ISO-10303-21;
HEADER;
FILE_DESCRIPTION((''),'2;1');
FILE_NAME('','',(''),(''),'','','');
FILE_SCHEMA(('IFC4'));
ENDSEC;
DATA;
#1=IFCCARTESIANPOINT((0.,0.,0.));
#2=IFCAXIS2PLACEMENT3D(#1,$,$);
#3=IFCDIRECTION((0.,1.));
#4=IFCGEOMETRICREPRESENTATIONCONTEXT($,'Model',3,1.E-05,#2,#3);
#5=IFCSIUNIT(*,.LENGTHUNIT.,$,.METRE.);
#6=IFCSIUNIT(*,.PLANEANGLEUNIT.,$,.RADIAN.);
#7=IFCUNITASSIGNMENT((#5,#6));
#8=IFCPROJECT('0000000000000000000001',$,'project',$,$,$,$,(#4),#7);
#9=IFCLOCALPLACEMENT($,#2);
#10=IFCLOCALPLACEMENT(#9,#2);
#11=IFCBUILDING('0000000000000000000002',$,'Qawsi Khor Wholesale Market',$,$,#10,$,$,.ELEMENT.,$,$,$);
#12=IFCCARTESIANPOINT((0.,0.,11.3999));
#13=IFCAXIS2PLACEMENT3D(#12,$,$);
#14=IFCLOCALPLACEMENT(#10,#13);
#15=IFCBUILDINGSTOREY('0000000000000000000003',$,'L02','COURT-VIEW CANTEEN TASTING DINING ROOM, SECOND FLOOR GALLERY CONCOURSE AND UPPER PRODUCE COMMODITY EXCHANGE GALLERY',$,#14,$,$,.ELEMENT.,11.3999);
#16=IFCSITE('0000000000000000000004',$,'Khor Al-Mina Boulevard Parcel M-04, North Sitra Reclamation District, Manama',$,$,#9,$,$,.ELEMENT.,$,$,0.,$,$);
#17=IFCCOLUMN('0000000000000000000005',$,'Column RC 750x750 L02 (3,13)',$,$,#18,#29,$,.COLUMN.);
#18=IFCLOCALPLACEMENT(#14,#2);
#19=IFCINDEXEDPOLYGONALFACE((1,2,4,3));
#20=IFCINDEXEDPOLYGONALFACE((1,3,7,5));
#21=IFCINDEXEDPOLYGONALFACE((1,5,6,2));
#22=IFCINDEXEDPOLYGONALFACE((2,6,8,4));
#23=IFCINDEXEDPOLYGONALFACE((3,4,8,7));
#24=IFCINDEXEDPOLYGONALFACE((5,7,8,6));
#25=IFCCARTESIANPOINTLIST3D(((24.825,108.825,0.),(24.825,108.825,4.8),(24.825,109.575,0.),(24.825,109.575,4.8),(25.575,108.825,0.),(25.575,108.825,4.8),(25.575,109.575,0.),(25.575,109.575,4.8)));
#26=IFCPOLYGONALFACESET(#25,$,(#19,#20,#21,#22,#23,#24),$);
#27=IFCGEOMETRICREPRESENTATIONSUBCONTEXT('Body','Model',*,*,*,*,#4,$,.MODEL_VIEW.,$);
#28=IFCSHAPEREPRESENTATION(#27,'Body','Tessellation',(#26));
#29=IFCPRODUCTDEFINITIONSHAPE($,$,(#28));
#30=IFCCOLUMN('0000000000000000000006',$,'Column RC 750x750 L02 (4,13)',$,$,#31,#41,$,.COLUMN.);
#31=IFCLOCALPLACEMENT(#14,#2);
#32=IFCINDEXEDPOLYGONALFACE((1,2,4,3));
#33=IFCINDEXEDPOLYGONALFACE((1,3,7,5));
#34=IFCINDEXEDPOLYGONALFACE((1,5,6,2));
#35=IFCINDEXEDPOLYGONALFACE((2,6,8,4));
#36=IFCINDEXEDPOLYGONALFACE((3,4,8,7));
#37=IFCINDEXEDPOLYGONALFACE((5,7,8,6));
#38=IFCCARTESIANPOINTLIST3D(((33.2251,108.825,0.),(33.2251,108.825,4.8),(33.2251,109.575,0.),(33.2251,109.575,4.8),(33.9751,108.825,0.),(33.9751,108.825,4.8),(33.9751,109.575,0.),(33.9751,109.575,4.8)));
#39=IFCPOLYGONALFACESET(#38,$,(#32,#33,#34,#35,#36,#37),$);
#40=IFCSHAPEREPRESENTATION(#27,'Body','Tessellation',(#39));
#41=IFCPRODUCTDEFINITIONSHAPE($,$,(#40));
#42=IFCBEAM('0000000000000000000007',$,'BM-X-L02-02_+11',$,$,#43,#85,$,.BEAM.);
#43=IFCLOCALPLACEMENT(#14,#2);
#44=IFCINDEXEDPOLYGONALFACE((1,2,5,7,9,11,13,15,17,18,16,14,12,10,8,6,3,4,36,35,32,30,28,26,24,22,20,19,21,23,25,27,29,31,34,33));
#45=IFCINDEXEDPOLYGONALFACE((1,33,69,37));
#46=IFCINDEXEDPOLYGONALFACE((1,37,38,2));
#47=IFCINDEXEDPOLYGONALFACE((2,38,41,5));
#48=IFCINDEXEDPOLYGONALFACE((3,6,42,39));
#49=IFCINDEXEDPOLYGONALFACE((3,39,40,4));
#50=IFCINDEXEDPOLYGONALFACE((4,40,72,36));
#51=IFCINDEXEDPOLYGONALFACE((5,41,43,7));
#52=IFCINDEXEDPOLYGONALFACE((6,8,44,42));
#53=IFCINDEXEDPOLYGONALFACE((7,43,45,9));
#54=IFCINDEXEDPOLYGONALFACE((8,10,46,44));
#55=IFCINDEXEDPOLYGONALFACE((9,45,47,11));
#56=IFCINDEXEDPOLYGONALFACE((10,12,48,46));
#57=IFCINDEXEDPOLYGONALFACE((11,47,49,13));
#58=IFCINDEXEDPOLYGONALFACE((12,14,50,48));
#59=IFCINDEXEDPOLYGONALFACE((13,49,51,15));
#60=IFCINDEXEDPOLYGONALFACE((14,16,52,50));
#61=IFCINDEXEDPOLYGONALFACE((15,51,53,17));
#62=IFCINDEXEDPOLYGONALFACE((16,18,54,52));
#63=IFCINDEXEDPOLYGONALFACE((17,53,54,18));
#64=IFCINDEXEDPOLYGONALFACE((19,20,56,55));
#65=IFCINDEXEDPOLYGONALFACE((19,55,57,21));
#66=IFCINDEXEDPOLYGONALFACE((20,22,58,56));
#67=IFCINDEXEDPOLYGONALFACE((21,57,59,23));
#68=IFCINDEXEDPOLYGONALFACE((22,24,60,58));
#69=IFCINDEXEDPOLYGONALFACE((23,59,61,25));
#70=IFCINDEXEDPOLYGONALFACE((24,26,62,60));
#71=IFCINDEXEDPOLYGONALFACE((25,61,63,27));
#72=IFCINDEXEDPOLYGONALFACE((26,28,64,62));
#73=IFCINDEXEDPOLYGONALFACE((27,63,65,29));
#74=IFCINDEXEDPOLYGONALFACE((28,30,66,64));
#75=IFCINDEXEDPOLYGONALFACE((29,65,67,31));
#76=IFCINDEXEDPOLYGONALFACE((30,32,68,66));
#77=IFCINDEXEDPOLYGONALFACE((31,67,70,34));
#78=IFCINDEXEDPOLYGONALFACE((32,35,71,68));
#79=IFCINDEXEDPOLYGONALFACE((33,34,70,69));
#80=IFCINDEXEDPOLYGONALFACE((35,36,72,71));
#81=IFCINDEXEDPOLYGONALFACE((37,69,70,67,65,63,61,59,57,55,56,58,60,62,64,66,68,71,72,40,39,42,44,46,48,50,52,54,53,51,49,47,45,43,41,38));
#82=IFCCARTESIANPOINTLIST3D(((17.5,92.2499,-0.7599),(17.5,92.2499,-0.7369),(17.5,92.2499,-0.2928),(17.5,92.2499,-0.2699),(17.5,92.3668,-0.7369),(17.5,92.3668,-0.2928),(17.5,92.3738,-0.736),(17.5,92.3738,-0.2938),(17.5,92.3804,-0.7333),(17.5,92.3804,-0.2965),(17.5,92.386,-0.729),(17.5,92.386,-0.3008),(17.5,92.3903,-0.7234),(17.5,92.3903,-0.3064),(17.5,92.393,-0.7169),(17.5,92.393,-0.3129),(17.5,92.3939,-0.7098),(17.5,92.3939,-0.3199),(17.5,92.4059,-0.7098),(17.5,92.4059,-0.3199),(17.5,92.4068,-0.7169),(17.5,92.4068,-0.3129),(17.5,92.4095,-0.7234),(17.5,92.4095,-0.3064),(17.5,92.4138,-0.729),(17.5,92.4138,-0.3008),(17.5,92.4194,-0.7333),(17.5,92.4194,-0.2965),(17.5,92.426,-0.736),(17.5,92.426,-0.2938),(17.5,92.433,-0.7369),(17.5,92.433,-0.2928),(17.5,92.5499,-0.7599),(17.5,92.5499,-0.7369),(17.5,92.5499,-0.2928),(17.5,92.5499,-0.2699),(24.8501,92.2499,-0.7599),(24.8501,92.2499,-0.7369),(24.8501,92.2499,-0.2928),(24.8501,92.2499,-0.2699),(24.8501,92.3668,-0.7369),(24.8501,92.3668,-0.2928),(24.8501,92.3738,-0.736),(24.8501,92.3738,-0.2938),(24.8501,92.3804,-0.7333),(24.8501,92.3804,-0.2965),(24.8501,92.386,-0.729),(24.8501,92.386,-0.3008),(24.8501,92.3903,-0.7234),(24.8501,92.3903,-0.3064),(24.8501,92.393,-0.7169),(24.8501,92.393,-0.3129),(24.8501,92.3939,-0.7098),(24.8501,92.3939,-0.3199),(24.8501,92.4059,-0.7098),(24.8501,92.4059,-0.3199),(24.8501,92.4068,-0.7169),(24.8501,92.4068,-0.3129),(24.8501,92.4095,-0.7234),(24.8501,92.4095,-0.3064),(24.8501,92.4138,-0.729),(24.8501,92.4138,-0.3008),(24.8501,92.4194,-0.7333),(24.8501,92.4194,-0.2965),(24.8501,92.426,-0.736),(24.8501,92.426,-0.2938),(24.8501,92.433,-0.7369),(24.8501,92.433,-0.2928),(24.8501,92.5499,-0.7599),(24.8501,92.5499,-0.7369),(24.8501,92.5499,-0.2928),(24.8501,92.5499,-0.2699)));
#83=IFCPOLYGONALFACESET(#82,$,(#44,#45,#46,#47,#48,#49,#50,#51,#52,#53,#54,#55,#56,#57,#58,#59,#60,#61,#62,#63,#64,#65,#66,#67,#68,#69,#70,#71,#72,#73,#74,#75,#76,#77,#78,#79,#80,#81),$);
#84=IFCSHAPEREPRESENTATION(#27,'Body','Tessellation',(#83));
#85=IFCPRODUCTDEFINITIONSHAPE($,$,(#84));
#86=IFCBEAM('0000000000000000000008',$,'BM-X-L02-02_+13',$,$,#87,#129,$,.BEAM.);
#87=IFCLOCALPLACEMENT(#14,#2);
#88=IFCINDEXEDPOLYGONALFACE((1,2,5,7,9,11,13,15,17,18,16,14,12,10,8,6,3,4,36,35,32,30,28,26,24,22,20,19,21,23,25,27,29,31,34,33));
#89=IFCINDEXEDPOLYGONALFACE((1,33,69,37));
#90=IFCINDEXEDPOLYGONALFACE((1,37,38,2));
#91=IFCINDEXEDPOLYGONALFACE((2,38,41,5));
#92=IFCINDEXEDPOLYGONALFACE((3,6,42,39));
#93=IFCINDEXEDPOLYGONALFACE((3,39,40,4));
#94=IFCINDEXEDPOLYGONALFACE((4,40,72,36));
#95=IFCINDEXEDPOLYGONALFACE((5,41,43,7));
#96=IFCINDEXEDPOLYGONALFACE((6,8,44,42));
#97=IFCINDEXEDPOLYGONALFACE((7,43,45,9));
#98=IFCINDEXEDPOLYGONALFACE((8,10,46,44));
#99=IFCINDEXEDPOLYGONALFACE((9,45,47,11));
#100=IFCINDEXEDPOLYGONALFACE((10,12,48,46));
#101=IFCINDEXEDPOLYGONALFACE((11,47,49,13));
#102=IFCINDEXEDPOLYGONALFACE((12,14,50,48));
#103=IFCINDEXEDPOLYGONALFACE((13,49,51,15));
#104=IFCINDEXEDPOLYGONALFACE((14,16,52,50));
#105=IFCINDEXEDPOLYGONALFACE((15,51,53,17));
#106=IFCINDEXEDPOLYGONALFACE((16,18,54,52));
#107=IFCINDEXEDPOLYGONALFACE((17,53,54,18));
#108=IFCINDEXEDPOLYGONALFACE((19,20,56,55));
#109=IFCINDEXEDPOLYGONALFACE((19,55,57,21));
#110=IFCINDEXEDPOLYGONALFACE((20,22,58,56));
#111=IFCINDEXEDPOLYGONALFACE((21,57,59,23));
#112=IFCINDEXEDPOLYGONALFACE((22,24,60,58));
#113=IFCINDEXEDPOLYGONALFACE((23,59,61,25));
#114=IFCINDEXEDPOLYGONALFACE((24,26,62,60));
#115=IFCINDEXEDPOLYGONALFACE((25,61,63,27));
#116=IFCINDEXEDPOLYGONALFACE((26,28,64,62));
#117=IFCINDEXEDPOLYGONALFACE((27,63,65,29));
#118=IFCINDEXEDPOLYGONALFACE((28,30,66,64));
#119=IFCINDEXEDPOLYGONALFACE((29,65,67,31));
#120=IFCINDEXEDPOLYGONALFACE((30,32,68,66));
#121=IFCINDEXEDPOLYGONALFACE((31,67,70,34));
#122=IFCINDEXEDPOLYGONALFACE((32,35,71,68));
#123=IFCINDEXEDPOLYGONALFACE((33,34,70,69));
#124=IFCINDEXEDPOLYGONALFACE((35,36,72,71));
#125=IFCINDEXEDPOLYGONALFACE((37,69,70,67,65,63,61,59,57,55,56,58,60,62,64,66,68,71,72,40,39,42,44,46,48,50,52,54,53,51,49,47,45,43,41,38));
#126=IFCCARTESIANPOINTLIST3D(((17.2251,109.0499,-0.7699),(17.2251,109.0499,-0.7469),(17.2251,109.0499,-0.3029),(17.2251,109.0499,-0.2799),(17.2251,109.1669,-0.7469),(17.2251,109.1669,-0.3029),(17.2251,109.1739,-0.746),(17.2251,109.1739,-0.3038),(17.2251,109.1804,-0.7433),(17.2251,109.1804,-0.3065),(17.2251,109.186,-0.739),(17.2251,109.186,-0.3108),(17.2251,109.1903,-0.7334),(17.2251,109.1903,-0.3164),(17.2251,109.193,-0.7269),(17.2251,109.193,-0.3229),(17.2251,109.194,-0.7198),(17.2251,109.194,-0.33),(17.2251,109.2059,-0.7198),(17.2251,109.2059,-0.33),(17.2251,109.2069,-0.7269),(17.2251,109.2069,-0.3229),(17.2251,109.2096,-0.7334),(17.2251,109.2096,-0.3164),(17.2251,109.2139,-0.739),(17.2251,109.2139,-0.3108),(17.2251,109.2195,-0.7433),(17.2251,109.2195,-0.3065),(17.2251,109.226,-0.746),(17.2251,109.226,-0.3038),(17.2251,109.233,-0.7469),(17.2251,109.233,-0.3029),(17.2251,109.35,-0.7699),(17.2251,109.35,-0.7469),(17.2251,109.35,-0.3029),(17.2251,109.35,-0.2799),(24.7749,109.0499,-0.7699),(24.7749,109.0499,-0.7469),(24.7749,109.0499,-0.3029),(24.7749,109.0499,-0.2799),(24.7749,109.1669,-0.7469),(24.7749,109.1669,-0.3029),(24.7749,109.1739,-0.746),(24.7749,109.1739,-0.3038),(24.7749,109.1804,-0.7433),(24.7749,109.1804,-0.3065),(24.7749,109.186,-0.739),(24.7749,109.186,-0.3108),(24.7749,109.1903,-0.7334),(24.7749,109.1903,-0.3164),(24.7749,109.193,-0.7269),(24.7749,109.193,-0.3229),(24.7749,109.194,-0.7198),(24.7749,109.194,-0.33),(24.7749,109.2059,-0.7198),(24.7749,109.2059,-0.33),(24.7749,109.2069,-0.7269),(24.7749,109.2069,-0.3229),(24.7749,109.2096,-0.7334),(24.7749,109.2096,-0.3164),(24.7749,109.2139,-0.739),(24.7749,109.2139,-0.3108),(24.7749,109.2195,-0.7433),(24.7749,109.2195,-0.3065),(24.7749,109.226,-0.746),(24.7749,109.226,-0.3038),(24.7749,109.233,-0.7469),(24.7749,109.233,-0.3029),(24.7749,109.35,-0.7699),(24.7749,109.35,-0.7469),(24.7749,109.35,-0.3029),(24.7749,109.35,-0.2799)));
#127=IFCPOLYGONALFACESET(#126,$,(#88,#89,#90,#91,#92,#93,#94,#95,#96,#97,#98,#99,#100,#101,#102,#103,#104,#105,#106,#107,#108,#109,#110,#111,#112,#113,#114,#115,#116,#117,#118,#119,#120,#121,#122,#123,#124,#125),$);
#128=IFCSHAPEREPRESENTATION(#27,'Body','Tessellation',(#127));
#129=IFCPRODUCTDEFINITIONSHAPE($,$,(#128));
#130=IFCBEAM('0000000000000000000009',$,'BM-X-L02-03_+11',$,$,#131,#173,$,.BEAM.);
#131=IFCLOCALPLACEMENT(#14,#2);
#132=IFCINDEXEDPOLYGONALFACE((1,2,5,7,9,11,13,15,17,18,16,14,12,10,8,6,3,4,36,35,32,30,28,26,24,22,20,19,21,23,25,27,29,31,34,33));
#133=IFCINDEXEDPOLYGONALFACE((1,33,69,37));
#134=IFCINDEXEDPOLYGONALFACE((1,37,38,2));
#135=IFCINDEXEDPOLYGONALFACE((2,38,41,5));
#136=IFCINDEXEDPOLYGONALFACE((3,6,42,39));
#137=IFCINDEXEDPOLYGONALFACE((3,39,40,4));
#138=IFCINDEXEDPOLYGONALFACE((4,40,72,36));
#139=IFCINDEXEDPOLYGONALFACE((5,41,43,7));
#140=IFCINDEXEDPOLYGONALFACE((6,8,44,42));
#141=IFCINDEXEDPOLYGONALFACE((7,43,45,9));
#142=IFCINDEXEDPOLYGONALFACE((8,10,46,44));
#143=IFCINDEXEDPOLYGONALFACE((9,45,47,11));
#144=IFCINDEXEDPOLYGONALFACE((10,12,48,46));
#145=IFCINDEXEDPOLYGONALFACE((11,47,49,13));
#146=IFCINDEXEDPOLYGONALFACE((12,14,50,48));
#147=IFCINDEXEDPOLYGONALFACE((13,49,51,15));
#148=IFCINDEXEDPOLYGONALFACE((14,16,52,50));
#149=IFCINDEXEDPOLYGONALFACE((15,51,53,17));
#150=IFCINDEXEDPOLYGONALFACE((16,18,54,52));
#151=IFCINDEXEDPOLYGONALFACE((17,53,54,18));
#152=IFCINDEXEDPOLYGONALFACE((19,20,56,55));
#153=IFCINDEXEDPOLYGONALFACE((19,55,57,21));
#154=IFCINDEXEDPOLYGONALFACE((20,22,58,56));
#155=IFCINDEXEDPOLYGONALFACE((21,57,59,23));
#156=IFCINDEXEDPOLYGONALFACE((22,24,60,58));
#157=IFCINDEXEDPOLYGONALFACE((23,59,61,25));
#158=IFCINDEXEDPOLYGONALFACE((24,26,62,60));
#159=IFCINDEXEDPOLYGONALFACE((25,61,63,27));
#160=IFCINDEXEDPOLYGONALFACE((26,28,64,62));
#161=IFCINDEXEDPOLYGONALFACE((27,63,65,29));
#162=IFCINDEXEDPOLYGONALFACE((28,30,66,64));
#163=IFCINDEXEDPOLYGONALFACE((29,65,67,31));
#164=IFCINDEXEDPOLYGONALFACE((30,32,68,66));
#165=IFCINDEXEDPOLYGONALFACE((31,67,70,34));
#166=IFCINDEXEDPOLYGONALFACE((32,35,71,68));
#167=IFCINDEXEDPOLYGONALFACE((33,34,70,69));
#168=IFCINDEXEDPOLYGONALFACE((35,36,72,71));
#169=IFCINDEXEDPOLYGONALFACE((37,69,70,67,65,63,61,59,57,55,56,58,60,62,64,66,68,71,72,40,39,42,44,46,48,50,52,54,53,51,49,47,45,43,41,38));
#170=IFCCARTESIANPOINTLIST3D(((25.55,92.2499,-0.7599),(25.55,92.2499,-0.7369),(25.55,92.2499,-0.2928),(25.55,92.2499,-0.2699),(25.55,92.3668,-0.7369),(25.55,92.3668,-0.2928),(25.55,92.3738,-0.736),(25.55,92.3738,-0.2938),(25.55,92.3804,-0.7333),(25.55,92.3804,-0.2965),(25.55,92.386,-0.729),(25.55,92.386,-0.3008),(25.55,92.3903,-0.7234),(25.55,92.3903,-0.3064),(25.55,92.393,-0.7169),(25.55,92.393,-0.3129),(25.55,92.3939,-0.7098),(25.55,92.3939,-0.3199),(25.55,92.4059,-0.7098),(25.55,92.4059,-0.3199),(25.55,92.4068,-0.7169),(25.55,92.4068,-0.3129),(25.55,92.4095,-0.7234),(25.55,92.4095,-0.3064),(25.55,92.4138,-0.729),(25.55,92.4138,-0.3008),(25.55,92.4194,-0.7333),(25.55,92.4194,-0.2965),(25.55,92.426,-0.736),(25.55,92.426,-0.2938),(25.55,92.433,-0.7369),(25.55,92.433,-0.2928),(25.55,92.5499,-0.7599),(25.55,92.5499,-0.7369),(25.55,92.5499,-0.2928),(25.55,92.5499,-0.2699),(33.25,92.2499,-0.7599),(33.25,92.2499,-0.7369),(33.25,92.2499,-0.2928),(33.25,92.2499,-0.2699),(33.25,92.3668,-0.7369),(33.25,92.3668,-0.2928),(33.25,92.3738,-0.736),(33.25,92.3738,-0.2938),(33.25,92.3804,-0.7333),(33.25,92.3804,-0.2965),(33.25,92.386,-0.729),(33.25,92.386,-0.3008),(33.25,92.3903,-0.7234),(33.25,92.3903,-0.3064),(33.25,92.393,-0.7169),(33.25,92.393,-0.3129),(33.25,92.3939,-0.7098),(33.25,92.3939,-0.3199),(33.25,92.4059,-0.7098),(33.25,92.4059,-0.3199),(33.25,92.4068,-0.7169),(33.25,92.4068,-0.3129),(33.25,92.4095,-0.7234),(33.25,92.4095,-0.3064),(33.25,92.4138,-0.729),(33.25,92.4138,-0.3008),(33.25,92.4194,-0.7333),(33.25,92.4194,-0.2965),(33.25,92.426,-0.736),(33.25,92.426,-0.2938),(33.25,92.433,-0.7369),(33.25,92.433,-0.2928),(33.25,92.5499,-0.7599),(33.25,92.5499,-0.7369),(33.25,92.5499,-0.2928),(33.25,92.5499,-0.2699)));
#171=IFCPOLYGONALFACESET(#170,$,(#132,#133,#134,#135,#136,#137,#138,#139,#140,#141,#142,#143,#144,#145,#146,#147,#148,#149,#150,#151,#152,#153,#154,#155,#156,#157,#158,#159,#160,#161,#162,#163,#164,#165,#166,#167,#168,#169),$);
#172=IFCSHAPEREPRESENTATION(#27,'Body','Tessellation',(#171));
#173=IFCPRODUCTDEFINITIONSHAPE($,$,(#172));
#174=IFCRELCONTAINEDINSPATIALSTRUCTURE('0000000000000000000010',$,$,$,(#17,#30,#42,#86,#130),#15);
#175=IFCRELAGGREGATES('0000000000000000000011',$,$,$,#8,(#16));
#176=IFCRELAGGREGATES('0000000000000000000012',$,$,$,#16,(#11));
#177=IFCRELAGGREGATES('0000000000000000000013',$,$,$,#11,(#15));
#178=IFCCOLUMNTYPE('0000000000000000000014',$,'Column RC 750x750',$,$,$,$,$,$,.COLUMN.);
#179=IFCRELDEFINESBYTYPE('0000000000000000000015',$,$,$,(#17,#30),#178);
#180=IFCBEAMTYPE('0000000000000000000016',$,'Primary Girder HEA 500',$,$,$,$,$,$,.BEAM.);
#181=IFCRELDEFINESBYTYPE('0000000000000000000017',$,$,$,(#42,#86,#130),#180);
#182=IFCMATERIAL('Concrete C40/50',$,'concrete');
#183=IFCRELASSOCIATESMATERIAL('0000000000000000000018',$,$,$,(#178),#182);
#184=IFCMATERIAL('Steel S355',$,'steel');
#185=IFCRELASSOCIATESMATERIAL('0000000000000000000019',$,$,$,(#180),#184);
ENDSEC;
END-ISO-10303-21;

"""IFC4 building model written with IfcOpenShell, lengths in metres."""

from ifc_helpers import new_model, si_unit, direction, frame, origin, origin_2d, place, context, subcontext, project, spatial, rectangle, i_section, extrude, material, material_profile, profile_set, type_object, element, save


model = new_model("IFC4")

# Units and contexts
model_context = context("Model", 3, precision=1e-05, world=origin(), true_north=direction((0.0, 1.0)))
body_context = subcontext(model_context, "Body", "Model", "MODEL_VIEW")
ifc_project = project(units=[si_unit("LENGTHUNIT", "METRE"), si_unit("PLANEANGLEUNIT", "RADIAN")], contexts=[model_context])

# Site, building, storey
site_placement = place(None, origin())
site = spatial("IfcSite", under=ifc_project, at=site_placement, Name="Khor Al-Mina Boulevard Parcel M-04, North Sitra Reclamation District, Manama", CompositionType="ELEMENT", RefElevation=0.0)
building_placement = place(site_placement, origin())
building = spatial("IfcBuilding", under=site, at=building_placement, Name="Qawsi Khor Wholesale Market", CompositionType="ELEMENT")
storey_placement = place(building_placement, frame((0.0, 0.0, 11.3999)))
storey = spatial("IfcBuildingStorey", under=building, at=storey_placement, Name="L02", Description="COURT-VIEW CANTEEN TASTING DINING ROOM, SECOND FLOOR GALLERY CONCOURSE AND UPPER PRODUCE COMMODITY EXCHANGE GALLERY", CompositionType="ELEMENT", Elevation=11.3999)

# Columns
ifc_material_1 = material(Name="Concrete C40/50", Category="concrete")
ifc_material_profile_1 = material_profile(ifc_material_1, rectangle(XDim=0.75, YDim=0.75, at=origin_2d()), Name="RC 750x750")
ifc_profile_set_1 = profile_set([ifc_material_profile_1], Name="Concrete C40/50")
column_type = type_object("IfcColumnType", Name="Column RC 750x750", PredefinedType="COLUMN", material=ifc_profile_set_1)
for number, where, z_axis, x_axis, name in (
    (1, (25.2, 109.2, 0.0), (0.0, 0.0, 1.0), (1.0, 0.0, 0.0), "Column RC 750x750 L02 (3,13)"),
    (2, (33.6001, 109.2, 0.0), (0.0, 0.0, 1.0), (1.0, 0.0, 0.0), "Column RC 750x750 L02 (4,13)"),
):
    element("IfcColumn", number, at=place(storey_placement, frame(where, z_axis=z_axis, x_axis=x_axis)), inside=storey, type_object=column_type, Name=name, PredefinedType="COLUMN", context=body_context, shape_type="SweptSolid", body=[
        extrude(rectangle(XDim=0.75, YDim=0.75, at=origin_2d()), origin(), (0.0, 0.0, 1.0), 4.8),
    ])

# Beams
ifc_material_2 = material(Name="Steel S355", Category="steel")
ifc_material_profile_2 = material_profile(ifc_material_2, i_section(OverallWidth=0.3, OverallDepth=0.49, WebThickness=0.012, FlangeThickness=0.0229, FilletRadius=0.0271, at=origin_2d()), Name="HEA 500")
ifc_profile_set_2 = profile_set([ifc_material_profile_2], Name="Steel S355")
beam_type_1 = type_object("IfcBeamType", Name="Primary Girder HEA 500", PredefinedType="BEAM", material=ifc_profile_set_2)
beam_1_placement = place(storey_placement, frame((17.5, 92.3999, -0.5149), z_axis=(1.0, 0.0, 0.0), x_axis=(0.0, 1.0, 0.0)))
element("IfcBeam", 3, at=beam_1_placement, inside=storey, type_object=beam_type_1, Name="BM-X-L02-02_+11", PredefinedType="BEAM", context=body_context, shape_type="SweptSolid", body=[
    extrude(i_section(OverallWidth=0.3, OverallDepth=0.49, WebThickness=0.012, FlangeThickness=0.0229, FilletRadius=0.0271, at=origin_2d()), origin(), (0.0, 0.0, 1.0), 7.3501),
])
beam_2_placement = place(storey_placement, frame((17.2251, 109.2, -0.5249), z_axis=(1.0, 0.0, 0.0), x_axis=(0.0, 1.0, 0.0)))
element("IfcBeam", 4, at=beam_2_placement, inside=storey, type_object=beam_type_1, Name="BM-X-L02-02_+13", PredefinedType="BEAM", context=body_context, shape_type="SweptSolid", body=[
    extrude(i_section(OverallWidth=0.3, OverallDepth=0.49, WebThickness=0.012, FlangeThickness=0.0229, FilletRadius=0.0271, at=origin_2d()), origin(), (0.0, 0.0, 1.0), 7.5498),
])
for number, where, z_axis, x_axis, name in (
    (5, (25.55, 92.3999, -0.5149), (1.0, 0.0, 0.0), (0.0, 1.0, 0.0), "BM-X-L02-03_+11"),
):
    element("IfcBeam", number, at=place(storey_placement, frame(where, z_axis=z_axis, x_axis=x_axis)), inside=storey, type_object=beam_type_1, Name=name, PredefinedType="BEAM", context=body_context, shape_type="SweptSolid", body=[
        extrude(i_section(OverallWidth=0.3, OverallDepth=0.49, WebThickness=0.012, FlangeThickness=0.0229, FilletRadius=0.0271, at=origin_2d()), origin(), (0.0, 0.0, 1.0), 7.7),
    ])

save(model, "model.ifc")
